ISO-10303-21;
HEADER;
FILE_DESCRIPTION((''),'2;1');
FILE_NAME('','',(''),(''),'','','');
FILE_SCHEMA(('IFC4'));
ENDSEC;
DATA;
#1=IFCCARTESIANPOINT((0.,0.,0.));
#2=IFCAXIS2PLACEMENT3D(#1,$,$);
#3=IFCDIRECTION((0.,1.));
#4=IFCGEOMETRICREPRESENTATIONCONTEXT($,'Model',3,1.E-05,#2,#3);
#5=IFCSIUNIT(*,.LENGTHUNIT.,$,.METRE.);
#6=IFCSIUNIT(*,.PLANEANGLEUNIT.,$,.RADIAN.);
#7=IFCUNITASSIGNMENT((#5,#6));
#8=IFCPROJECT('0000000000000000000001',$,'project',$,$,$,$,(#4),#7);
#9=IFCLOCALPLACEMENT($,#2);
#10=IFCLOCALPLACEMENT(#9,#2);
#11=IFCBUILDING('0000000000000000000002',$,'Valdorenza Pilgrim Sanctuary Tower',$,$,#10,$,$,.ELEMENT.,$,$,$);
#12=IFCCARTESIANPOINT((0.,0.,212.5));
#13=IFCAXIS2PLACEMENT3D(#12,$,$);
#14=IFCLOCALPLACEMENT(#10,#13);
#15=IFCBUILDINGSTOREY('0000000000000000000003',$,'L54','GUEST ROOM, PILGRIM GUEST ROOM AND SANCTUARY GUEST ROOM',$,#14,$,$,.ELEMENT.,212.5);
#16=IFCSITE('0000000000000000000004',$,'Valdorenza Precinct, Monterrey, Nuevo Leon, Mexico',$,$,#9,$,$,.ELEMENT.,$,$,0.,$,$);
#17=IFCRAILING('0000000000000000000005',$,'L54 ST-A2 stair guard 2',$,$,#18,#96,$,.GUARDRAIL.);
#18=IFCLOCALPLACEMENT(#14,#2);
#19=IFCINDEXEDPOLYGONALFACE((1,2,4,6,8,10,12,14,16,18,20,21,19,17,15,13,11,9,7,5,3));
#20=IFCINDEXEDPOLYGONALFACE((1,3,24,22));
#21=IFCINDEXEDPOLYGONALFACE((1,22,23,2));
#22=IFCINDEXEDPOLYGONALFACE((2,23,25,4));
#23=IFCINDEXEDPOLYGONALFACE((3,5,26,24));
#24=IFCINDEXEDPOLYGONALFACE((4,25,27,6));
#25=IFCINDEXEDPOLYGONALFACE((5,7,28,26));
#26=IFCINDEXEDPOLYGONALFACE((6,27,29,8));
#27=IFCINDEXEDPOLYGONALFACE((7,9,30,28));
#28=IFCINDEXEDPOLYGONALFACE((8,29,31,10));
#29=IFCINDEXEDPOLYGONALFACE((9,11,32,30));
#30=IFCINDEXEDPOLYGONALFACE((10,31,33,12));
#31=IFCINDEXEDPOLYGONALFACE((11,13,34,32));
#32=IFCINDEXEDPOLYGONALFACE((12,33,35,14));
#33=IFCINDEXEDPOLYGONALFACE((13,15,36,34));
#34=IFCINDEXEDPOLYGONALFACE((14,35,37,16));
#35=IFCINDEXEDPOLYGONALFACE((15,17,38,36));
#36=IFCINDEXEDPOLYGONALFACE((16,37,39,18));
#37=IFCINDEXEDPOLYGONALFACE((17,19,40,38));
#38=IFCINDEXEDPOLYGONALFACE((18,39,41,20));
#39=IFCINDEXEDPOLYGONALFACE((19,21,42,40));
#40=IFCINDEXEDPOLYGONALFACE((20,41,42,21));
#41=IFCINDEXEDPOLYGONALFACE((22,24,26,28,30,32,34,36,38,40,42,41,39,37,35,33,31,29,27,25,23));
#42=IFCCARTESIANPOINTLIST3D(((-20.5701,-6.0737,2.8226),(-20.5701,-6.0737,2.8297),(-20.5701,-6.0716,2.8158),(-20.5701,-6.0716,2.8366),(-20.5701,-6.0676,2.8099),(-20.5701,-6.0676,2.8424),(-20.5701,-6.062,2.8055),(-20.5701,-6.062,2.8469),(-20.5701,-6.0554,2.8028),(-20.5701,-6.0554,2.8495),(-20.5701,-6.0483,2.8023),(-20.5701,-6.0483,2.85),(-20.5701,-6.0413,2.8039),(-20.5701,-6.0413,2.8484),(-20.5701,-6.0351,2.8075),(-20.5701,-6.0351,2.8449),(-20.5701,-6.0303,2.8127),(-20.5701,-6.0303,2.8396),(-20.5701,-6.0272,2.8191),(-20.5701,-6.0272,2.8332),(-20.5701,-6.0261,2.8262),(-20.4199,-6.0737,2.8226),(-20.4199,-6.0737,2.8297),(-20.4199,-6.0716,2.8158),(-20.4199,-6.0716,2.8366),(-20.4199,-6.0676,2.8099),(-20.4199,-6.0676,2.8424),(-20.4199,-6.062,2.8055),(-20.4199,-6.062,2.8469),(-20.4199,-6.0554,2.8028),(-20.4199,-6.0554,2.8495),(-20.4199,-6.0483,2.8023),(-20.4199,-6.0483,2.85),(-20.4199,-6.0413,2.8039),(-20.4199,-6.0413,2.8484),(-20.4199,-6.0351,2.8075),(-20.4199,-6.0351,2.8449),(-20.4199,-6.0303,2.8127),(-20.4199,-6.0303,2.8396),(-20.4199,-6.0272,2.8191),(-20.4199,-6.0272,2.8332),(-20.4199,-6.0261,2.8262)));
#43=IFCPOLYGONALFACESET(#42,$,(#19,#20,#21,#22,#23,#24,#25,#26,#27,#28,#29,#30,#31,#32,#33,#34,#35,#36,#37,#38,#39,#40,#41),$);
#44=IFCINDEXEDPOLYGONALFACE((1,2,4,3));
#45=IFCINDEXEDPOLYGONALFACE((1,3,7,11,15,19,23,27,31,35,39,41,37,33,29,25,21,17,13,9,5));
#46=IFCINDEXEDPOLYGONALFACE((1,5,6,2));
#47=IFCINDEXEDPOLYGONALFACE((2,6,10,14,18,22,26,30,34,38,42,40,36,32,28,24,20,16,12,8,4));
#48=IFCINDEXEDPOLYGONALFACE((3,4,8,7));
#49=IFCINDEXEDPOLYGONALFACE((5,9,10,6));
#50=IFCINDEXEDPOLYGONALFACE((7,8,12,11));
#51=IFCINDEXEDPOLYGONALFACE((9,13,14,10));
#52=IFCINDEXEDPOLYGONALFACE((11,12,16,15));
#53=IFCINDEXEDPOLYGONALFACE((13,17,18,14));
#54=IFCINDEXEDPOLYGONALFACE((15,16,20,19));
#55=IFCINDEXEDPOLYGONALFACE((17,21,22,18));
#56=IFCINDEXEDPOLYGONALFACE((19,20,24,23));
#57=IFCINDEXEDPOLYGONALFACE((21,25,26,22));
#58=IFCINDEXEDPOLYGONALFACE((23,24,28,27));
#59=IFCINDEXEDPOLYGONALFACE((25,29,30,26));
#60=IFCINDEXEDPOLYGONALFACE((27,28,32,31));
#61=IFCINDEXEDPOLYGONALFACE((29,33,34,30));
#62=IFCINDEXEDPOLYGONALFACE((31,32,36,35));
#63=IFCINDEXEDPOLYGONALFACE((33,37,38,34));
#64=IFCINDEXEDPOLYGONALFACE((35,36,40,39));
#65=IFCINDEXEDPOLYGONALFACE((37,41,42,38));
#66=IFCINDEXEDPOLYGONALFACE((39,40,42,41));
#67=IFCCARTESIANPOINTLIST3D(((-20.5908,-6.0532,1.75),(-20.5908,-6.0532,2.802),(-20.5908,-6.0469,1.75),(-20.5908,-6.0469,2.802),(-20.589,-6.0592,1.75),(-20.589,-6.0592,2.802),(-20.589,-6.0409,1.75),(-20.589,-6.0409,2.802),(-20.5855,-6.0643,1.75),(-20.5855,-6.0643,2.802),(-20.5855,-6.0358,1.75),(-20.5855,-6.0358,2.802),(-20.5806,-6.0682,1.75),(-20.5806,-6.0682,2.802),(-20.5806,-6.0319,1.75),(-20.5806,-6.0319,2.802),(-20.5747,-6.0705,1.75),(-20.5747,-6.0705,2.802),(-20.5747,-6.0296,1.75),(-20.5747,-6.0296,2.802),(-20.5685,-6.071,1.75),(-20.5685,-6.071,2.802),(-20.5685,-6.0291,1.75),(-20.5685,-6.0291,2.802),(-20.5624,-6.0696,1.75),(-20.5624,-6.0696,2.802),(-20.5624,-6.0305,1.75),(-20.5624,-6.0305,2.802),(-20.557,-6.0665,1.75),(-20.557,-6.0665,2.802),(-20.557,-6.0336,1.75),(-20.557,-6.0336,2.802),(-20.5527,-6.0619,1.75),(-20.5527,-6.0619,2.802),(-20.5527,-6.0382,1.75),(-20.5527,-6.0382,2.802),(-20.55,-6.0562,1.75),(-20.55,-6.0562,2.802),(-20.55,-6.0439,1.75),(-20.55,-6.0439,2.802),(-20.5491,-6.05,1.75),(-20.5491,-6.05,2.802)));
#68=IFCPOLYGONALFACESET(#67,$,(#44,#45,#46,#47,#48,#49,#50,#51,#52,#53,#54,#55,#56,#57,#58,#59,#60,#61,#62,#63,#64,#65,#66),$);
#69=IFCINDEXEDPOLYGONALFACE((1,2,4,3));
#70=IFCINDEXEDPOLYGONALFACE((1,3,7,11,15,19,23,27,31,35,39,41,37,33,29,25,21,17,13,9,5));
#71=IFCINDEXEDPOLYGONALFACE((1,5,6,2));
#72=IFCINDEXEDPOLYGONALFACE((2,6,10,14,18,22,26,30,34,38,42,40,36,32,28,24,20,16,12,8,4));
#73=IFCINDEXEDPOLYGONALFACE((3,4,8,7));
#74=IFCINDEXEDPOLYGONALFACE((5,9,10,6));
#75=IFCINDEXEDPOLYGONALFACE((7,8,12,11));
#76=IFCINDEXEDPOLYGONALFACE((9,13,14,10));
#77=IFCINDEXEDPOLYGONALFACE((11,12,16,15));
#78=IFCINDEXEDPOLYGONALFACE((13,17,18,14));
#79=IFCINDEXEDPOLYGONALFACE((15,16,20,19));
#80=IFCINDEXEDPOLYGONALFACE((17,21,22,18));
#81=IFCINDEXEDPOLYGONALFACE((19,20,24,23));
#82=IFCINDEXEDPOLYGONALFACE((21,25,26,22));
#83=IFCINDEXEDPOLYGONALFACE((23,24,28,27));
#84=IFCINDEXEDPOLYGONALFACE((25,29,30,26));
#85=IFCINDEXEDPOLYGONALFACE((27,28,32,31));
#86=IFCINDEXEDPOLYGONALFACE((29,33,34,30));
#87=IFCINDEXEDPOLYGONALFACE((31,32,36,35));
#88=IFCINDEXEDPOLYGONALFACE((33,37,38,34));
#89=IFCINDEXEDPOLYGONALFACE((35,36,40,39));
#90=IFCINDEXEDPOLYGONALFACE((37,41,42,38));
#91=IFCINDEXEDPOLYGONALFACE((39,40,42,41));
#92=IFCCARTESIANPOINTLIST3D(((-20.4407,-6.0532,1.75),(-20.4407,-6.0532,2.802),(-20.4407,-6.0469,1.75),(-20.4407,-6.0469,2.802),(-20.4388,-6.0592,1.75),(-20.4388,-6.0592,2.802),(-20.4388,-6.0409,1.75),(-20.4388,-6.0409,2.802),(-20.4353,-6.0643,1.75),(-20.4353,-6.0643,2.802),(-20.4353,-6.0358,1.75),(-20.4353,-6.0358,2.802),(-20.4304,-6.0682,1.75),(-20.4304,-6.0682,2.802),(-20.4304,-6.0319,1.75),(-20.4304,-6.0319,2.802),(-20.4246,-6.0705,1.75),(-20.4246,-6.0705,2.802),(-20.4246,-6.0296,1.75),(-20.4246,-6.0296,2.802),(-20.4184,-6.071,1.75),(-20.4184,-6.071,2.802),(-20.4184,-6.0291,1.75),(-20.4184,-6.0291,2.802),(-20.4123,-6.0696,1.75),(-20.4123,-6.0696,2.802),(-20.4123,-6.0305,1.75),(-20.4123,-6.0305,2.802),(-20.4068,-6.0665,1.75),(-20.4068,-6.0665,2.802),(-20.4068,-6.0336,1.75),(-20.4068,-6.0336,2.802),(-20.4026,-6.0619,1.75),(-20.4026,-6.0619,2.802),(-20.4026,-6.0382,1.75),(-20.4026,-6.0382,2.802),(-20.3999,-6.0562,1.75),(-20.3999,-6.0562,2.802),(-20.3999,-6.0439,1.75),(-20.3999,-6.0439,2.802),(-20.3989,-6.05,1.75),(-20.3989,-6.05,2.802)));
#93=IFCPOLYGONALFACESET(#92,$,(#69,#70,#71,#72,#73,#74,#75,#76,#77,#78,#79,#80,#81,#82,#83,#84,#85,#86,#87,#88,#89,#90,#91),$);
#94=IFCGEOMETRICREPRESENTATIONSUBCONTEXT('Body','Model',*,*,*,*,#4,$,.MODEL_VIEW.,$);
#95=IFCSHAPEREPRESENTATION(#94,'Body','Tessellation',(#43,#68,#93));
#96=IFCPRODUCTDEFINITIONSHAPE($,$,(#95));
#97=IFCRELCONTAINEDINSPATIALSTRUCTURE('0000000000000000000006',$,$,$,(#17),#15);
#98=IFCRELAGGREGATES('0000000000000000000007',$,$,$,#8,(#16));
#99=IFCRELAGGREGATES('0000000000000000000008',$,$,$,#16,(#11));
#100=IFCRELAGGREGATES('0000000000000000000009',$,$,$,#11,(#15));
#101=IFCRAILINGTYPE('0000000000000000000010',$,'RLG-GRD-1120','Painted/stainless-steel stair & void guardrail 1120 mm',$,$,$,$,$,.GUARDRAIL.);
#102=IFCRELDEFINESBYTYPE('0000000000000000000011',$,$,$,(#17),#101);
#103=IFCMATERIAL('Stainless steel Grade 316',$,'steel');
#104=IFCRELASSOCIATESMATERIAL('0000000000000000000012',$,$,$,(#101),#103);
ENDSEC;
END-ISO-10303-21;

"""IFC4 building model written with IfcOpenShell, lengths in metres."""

from ifc_helpers import new_model, si_unit, direction, frame, origin, origin_2d, place, context, subcontext, project, spatial, circle, extrude, material, type_object, element, save


model = new_model("IFC4")

# Units and contexts
model_context = context("Model", 3, precision=1e-05, world=origin(), true_north=direction((0.0, 1.0)))
body_context = subcontext(model_context, "Body", "Model", "MODEL_VIEW")
ifc_project = project(units=[si_unit("LENGTHUNIT", "METRE"), si_unit("PLANEANGLEUNIT", "RADIAN")], contexts=[model_context])

# Site, building, storey
site_placement = place(None, origin())
site = spatial("IfcSite", under=ifc_project, at=site_placement, Name="Valdorenza Precinct, Monterrey, Nuevo Leon, Mexico", CompositionType="ELEMENT", RefElevation=0.0)
building_placement = place(site_placement, origin())
building = spatial("IfcBuilding", under=site, at=building_placement, Name="Valdorenza Pilgrim Sanctuary Tower", CompositionType="ELEMENT")
storey_placement = place(building_placement, frame((0.0, 0.0, 212.5)))
storey = spatial("IfcBuildingStorey", under=building, at=storey_placement, Name="L54", Description="GUEST ROOM, PILGRIM GUEST ROOM AND SANCTUARY GUEST ROOM", CompositionType="ELEMENT", Elevation=212.5)

# Railing
ifc_material_1 = material(Name="Stainless steel Grade 316", Category="steel")
railing_type_1 = type_object("IfcRailingType", Name="RLG-GRD-1120", Description="Painted/stainless-steel stair & void guardrail 1120 mm", PredefinedType="GUARDRAIL", material=ifc_material_1)
railing_1_placement = place(storey_placement, frame((-20.5701, -6.05, 1.75)))
element("IfcRailing", 1, at=railing_1_placement, inside=storey, type_object=railing_type_1, Name="L54 ST-A2 stair guard 2", PredefinedType="GUARDRAIL", context=body_context, shape_type="SweptSolid", body=[
    extrude(circle(Radius=0.0239, at=origin_2d()), frame((0.0, 0.0, 1.0762), z_axis=(1.0, 0.0, 0.0), x_axis=(0.0, 1.0, 0.0)), (0.0, 0.0, 1.0), 0.1501),
    extrude(circle(Radius=0.021, at=origin_2d()), origin(), (0.0, 0.0, 1.0), 1.052),
    extrude(circle(Radius=0.021, at=origin_2d()), frame((0.1501, 0.0, 0.0)), (0.0, 0.0, 1.0), 1.052),
])

save(model, "model.ifc")
